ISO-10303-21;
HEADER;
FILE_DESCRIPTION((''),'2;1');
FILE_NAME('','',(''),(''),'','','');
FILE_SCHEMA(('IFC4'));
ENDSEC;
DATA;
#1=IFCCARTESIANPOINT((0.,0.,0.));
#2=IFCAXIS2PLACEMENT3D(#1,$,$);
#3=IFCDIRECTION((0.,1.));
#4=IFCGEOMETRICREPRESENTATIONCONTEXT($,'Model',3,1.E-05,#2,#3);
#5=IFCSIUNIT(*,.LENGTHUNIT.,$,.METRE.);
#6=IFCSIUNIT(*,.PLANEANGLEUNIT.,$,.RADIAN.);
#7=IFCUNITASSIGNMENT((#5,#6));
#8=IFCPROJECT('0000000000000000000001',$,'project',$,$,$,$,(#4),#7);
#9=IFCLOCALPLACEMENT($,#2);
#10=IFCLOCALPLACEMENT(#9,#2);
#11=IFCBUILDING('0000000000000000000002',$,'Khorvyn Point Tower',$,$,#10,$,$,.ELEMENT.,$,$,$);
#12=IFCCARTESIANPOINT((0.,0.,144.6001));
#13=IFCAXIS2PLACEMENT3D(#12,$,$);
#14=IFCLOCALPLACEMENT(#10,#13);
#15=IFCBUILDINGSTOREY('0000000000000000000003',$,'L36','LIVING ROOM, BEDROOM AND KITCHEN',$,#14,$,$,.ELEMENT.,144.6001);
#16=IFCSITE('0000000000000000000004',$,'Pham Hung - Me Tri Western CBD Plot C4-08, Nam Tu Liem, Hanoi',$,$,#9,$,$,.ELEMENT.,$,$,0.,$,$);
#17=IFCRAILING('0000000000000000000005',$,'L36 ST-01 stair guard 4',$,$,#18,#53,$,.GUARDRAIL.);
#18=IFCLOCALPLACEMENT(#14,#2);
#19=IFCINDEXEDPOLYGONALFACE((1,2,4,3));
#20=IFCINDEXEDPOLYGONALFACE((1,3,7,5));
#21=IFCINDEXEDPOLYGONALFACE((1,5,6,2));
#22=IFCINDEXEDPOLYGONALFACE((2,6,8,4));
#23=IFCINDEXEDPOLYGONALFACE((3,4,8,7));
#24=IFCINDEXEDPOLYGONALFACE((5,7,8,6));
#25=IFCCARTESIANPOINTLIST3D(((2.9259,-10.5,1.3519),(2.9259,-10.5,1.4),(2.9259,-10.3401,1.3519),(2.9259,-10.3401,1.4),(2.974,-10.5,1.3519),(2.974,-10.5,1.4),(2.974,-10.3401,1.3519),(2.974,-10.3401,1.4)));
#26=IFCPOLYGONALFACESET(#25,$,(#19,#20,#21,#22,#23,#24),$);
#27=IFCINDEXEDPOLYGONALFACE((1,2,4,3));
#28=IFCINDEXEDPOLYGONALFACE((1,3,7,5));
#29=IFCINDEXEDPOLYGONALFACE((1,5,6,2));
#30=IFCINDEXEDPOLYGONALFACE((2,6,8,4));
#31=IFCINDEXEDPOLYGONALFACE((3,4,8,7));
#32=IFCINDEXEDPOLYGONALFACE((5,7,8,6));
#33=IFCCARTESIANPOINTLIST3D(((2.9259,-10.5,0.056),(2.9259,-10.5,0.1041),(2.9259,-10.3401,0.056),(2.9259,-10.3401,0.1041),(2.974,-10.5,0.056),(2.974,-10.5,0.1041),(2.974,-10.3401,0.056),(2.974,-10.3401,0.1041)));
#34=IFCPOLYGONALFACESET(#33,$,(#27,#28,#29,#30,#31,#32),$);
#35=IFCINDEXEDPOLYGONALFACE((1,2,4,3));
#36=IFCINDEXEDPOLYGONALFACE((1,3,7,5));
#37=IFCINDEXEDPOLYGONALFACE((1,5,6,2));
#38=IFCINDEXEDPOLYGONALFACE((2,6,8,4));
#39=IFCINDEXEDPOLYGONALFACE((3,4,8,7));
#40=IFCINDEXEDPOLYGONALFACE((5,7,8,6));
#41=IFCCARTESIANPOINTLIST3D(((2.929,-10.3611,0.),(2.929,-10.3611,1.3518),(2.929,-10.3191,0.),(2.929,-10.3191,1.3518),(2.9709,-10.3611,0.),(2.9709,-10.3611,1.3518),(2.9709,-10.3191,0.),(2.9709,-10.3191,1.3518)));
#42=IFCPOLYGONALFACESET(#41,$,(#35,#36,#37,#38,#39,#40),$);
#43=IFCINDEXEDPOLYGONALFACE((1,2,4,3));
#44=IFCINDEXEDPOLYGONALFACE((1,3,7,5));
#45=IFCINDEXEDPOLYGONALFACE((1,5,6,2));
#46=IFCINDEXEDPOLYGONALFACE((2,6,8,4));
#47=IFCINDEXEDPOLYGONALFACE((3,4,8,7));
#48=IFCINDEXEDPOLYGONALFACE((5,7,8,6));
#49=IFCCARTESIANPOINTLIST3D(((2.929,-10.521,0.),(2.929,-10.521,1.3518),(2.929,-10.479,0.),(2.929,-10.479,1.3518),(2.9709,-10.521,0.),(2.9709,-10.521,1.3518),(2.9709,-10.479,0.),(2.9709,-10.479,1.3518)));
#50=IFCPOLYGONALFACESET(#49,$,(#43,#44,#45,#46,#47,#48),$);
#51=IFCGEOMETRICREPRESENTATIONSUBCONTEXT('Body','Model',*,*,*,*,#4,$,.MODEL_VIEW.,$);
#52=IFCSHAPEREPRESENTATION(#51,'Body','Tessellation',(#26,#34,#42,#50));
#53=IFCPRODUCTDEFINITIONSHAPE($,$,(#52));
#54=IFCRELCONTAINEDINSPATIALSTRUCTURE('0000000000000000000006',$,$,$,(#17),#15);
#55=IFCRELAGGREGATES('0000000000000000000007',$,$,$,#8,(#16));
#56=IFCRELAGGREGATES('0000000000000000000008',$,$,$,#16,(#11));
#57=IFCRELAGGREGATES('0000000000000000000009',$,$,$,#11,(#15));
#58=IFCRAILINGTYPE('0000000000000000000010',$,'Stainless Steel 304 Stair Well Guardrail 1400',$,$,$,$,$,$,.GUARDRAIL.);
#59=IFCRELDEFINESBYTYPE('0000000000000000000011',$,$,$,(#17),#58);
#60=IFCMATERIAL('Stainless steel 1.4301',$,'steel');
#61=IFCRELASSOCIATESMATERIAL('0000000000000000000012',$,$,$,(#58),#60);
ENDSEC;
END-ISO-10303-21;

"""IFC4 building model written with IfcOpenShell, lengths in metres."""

from ifc_helpers import new_model, si_unit, direction, frame, origin, origin_2d, place, context, subcontext, project, spatial, rectangle, extrude, material, type_object, element, save


model = new_model("IFC4")

# Units and contexts
model_context = context("Model", 3, precision=1e-05, world=origin(), true_north=direction((0.0, 1.0)))
body_context = subcontext(model_context, "Body", "Model", "MODEL_VIEW")
ifc_project = project(units=[si_unit("LENGTHUNIT", "METRE"), si_unit("PLANEANGLEUNIT", "RADIAN")], contexts=[model_context])

# Site, building, storey
site_placement = place(None, origin())
site = spatial("IfcSite", under=ifc_project, at=site_placement, Name="Pham Hung - Me Tri Western CBD Plot C4-08, Nam Tu Liem, Hanoi", CompositionType="ELEMENT", RefElevation=0.0)
building_placement = place(site_placement, origin())
building = spatial("IfcBuilding", under=site, at=building_placement, Name="Khorvyn Point Tower", CompositionType="ELEMENT")
storey_placement = place(building_placement, frame((0.0, 0.0, 144.6001)))
storey = spatial("IfcBuildingStorey", under=building, at=storey_placement, Name="L36", Description="LIVING ROOM, BEDROOM AND KITCHEN", CompositionType="ELEMENT", Elevation=144.6001)

# Railing
ifc_material_1 = material(Name="Stainless steel 1.4301", Category="steel")
railing_type_1 = type_object("IfcRailingType", Name="Stainless Steel 304 Stair Well Guardrail 1400", PredefinedType="GUARDRAIL", material=ifc_material_1)
railing_1_placement = place(storey_placement, frame((2.95, -10.3401, 0.0)))
element("IfcRailing", 1, at=railing_1_placement, inside=storey, type_object=railing_type_1, Name="L36 ST-01 stair guard 4", PredefinedType="GUARDRAIL", context=body_context, shape_type="SweptSolid", body=[
    extrude(rectangle(XDim=0.0481, YDim=0.0481, at=origin_2d()), frame((0.0, 0.0, 1.376), z_axis=(0.0, -1.0, 0.0), x_axis=(1.0, 0.0, 0.0)), (0.0, 0.0, 1.0), 0.1599),
    extrude(rectangle(XDim=0.0481, YDim=0.0481, at=origin_2d()), frame((0.0, 0.0, 0.0801), z_axis=(0.0, -1.0, 0.0), x_axis=(1.0, 0.0, 0.0)), (0.0, 0.0, 1.0), 0.1599),
    extrude(rectangle(XDim=0.042, YDim=0.042, at=origin_2d()), origin(), (0.0, 0.0, 1.0), 1.3518),
    extrude(rectangle(XDim=0.042, YDim=0.042, at=origin_2d()), frame((0.0, -0.1599, 0.0)), (0.0, 0.0, 1.0), 1.3518),
])

save(model, "model.ifc")
